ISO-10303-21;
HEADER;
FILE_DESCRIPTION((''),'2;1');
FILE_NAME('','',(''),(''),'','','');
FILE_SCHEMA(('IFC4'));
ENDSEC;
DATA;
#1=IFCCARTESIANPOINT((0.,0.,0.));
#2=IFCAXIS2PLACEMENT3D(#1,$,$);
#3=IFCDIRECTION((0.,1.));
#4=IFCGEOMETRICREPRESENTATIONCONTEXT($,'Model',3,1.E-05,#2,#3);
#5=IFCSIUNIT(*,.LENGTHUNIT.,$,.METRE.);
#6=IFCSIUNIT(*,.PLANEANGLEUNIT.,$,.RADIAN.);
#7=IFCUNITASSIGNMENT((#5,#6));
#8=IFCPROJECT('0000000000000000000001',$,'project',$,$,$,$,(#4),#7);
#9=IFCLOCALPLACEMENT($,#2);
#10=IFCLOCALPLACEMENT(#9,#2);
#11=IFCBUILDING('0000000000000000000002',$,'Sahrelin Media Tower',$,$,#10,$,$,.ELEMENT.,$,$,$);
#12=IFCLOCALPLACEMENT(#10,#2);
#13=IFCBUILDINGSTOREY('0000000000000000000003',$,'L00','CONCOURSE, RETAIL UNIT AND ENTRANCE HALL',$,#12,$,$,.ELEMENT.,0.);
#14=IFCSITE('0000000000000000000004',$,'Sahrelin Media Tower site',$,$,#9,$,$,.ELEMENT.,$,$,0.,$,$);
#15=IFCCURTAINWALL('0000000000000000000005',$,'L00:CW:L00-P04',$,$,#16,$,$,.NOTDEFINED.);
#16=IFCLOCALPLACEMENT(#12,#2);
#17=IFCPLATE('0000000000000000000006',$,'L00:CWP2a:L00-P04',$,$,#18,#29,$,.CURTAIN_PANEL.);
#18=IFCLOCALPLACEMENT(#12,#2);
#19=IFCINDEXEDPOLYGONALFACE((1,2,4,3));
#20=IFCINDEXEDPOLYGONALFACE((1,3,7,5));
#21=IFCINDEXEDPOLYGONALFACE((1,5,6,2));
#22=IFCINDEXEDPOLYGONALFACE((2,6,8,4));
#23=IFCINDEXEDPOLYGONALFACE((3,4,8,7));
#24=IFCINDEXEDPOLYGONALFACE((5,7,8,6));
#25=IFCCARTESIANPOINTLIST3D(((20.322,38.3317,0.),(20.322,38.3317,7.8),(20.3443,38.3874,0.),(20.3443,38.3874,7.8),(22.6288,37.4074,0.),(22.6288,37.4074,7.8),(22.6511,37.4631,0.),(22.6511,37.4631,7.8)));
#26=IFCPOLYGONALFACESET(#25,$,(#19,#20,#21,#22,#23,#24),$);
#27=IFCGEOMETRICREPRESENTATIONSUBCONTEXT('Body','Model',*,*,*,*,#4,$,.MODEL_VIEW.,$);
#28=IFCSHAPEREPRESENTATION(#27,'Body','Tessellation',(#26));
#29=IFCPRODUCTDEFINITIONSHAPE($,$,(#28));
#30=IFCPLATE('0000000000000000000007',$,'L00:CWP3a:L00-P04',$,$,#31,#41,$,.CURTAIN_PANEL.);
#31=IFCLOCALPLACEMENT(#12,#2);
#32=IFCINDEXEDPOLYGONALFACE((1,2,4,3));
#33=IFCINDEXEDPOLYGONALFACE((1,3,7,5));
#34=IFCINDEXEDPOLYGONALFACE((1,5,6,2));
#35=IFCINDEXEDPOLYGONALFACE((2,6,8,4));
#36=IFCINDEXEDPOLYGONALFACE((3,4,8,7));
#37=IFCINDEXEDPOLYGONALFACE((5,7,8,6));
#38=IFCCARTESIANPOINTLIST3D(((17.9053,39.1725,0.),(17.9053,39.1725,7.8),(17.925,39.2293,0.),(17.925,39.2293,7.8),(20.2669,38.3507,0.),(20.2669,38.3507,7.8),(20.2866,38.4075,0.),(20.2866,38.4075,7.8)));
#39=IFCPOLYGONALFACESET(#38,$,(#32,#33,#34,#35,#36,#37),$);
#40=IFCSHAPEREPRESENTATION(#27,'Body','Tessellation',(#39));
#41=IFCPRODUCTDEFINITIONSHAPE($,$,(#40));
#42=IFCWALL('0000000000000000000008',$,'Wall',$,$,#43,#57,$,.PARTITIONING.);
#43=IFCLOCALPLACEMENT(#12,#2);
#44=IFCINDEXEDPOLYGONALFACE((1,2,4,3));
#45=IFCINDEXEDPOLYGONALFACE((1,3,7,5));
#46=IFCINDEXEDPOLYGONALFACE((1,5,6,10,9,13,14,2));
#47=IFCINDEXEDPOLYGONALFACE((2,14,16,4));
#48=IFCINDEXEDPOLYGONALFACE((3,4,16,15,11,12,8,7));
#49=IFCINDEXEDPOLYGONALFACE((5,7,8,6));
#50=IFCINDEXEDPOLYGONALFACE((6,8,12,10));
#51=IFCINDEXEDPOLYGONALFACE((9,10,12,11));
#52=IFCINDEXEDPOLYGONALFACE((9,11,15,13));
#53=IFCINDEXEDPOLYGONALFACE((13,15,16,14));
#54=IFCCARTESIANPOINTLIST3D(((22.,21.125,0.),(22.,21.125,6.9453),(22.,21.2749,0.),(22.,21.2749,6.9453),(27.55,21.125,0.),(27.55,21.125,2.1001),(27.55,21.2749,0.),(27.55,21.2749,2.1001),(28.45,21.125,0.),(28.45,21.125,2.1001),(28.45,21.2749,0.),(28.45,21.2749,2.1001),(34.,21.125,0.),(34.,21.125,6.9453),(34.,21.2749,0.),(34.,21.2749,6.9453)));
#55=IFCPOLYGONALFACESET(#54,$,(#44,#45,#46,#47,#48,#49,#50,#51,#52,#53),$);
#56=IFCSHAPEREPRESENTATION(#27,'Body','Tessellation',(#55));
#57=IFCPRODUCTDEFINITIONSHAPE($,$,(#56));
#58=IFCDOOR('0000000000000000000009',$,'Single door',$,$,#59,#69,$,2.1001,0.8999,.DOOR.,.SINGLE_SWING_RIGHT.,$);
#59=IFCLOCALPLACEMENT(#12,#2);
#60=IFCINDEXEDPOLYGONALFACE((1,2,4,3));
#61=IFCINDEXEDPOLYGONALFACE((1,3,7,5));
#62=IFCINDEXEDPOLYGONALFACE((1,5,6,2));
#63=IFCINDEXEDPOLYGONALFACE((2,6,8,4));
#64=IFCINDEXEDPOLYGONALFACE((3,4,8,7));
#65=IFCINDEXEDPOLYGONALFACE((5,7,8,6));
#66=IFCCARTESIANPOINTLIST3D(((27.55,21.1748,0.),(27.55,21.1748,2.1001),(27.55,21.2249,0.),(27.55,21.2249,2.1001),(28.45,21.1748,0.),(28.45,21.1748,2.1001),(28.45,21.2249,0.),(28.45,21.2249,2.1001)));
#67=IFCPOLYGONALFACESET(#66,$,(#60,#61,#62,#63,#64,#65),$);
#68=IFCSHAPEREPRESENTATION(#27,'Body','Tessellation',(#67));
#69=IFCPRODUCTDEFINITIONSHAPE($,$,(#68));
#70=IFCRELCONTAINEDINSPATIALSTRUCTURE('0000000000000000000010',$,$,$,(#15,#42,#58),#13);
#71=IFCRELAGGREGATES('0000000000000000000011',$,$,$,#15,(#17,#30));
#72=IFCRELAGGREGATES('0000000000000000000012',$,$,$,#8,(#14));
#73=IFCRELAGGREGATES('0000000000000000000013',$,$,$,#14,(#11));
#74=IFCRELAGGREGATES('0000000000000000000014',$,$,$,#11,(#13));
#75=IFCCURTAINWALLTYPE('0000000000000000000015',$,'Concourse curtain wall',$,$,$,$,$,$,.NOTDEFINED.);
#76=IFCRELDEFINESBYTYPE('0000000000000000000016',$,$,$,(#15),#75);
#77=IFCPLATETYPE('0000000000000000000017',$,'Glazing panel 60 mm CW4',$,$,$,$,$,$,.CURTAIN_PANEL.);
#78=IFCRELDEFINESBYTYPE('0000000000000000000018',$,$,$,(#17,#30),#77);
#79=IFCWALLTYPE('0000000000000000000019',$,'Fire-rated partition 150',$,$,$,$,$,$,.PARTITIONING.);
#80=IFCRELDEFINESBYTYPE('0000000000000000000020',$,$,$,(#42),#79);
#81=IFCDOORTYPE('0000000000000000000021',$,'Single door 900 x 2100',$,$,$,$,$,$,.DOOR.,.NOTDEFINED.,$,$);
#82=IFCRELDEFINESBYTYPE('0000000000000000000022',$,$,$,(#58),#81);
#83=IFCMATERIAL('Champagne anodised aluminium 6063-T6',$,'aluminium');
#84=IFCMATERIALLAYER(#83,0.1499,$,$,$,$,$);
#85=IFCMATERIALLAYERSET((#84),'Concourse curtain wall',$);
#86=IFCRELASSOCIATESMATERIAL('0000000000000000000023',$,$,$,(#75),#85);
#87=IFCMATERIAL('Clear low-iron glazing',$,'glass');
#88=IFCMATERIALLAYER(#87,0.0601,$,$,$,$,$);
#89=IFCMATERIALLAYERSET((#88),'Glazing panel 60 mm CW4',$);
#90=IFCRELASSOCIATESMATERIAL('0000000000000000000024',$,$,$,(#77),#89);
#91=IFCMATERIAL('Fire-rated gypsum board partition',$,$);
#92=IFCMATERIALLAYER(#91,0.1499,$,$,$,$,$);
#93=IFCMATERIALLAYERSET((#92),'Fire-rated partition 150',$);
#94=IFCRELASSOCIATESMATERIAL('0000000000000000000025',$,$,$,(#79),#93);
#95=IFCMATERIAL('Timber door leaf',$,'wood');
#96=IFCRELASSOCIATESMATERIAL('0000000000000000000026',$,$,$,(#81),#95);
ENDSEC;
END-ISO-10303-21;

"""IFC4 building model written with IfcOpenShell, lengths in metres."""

from ifc_helpers import new_model, si_unit, direction, frame, frame_2d, origin, place, context, subcontext, project, spatial, polyline, rectangle, outline, extrude, material, layer, layer_set, type_object, element, fill, aggregate, save


model = new_model("IFC4")

# Units and contexts
model_context = context("Model", 3, precision=1e-05, world=origin(), true_north=direction((0.0, 1.0)))
body_context = subcontext(model_context, "Body", "Model", "MODEL_VIEW")
ifc_project = project(units=[si_unit("LENGTHUNIT", "METRE"), si_unit("PLANEANGLEUNIT", "RADIAN")], contexts=[model_context])

# Site, building, storey
site_placement = place(None, origin())
site = spatial("IfcSite", under=ifc_project, at=site_placement, Name="Sahrelin Media Tower site", CompositionType="ELEMENT", RefElevation=0.0)
building_placement = place(site_placement, origin())
building = spatial("IfcBuilding", under=site, at=building_placement, Name="Sahrelin Media Tower", CompositionType="ELEMENT")
storey_placement = place(building_placement, origin())
storey = spatial("IfcBuildingStorey", under=building, at=storey_placement, Name="L00", Description="CONCOURSE, RETAIL UNIT AND ENTRANCE HALL", CompositionType="ELEMENT", Elevation=0.0)

# Shared definitions
ifc_material_1 = material(Name="Champagne anodised aluminium 6063-T6", Category="aluminium")
ifc_layer_1 = layer(ifc_material_1, 0.1499)
ifc_layer_set_1 = layer_set([ifc_layer_1], Name="Concourse curtain wall")
curtain_wall_type = type_object("IfcCurtainWallType", Name="Concourse curtain wall", PredefinedType="NOTDEFINED", material=ifc_layer_set_1)

# Curtain wall
curtain_wall_1_placement = place(storey_placement, frame((25.0, 36.373, 0.0), z_axis=(0.0, 0.0, 1.0), x_axis=(1.0, 0.0, 0.0)))
curtain_wall_1 = element("IfcCurtainWall", 1, at=curtain_wall_1_placement, inside=storey, type_object=curtain_wall_type, Name="L00:CW:L00-P04", PredefinedType="NOTDEFINED")

# Plates
ifc_material_2 = material(Name="Clear low-iron glazing", Category="glass")
ifc_layer_2 = layer(ifc_material_2, 0.0601)
ifc_layer_set_2 = layer_set([ifc_layer_2], Name="Glazing panel 60 mm CW4")
plate_type = type_object("IfcPlateType", Name="Glazing panel 60 mm CW4", PredefinedType="CURTAIN_PANEL", material=ifc_layer_set_2)
plate_1_placement = place(storey_placement, frame((22.6511, 37.4631, 0.0), z_axis=(0.371933, 0.92826, 0.0), x_axis=(-0.92826, 0.371933, 0.0)))
plate_1 = element("IfcPlate", 2, at=plate_1_placement, type_object=plate_type, Name="L00:CWP2a:L00-P04", PredefinedType="CURTAIN_PANEL", context=body_context, shape_type="SweptSolid", body=[
    extrude(outline(polyline([(0.0, 0.0), (2.4851, 0.0), (2.4851, 7.8), (0.0, 7.8), (0.0, 0.0)])), origin(), (0.0, 0.0, -1.0), 0.0601),
])
plate_2_placement = place(storey_placement, frame((20.2866, 38.4075, 0.0), z_axis=(0.328649, 0.944452, 0.0), x_axis=(-0.944452, 0.328649, 0.0)))
plate_2 = element("IfcPlate", 3, at=plate_2_placement, type_object=plate_type, Name="L00:CWP3a:L00-P04", PredefinedType="CURTAIN_PANEL", context=body_context, shape_type="SweptSolid", body=[
    extrude(outline(polyline([(0.0, 0.0), (2.5005, 0.0), (2.5005, 7.8), (0.0, 7.8), (0.0, 0.0)])), origin(), (0.0, 0.0, -1.0), 0.0601),
])
aggregate(curtain_wall_1, [plate_1, plate_2])

# Wall, opening, door
ifc_material_3 = material(Name="Fire-rated gypsum board partition")
ifc_layer_3 = layer(ifc_material_3, 0.1499)
ifc_layer_set_3 = layer_set([ifc_layer_3], Name="Fire-rated partition 150")
wall_type_1 = type_object("IfcWallType", Name="Fire-rated partition 150", PredefinedType="PARTITIONING", material=ifc_layer_set_3)
wall_1_placement = place(storey_placement, frame((22.0, 21.2, 0.0), z_axis=(0.0, 0.0, 1.0), x_axis=(1.0, 0.0, 0.0)))
wall_1 = element("IfcWall", 4, at=wall_1_placement, inside=storey, type_object=wall_type_1, Name="Wall", PredefinedType="PARTITIONING", context=body_context, shape_type="SweptSolid", body=[
    extrude(rectangle(XDim=12.0, YDim=0.1499, at=frame_2d((6.0, 0.0))), origin(), (0.0, 0.0, 1.0), 6.9453),
])
opening_1_placement = place(wall_1_placement, frame((5.55, 0.0, 0.0)))
opening_1 = element("IfcOpeningElement", 5, at=opening_1_placement, cuts=wall_1, PredefinedType="OPENING", context=body_context, shape_type="SweptSolid", body=[
    extrude(rectangle(XDim=0.8999, YDim=2.1001, at=frame_2d((0.45, 1.05))), frame((0.0, 0.075, 0.0), z_axis=(0.0, -1.0, 0.0), x_axis=(1.0, 0.0, 0.0)), (0.0, 0.0, 1.0), 0.1499),
])
ifc_material_4 = material(Name="Timber door leaf", Category="wood")
door_type_1 = type_object("IfcDoorType", Name="Single door 900 x 2100", OperationType="NOTDEFINED", PredefinedType="DOOR", material=ifc_material_4)
door_1_placement = place(opening_1_placement, origin())
door_1 = element("IfcDoor", 6, at=door_1_placement, inside=storey, type_object=door_type_1, Name="Single door", OperationType="SINGLE_SWING_RIGHT", OverallHeight=2.1001, OverallWidth=0.8999, PredefinedType="DOOR", context=body_context, shape_type="SweptSolid", body=[
    extrude(rectangle(XDim=0.8999, YDim=2.1001, at=frame_2d((0.45, 1.05))), frame((0.0, 0.0249, 0.0), z_axis=(0.0, -1.0, 0.0), x_axis=(1.0, 0.0, 0.0)), (0.0, 0.0, 1.0), 0.05),
])
fill(opening_1, door_1)

save(model, "model.ifc")
